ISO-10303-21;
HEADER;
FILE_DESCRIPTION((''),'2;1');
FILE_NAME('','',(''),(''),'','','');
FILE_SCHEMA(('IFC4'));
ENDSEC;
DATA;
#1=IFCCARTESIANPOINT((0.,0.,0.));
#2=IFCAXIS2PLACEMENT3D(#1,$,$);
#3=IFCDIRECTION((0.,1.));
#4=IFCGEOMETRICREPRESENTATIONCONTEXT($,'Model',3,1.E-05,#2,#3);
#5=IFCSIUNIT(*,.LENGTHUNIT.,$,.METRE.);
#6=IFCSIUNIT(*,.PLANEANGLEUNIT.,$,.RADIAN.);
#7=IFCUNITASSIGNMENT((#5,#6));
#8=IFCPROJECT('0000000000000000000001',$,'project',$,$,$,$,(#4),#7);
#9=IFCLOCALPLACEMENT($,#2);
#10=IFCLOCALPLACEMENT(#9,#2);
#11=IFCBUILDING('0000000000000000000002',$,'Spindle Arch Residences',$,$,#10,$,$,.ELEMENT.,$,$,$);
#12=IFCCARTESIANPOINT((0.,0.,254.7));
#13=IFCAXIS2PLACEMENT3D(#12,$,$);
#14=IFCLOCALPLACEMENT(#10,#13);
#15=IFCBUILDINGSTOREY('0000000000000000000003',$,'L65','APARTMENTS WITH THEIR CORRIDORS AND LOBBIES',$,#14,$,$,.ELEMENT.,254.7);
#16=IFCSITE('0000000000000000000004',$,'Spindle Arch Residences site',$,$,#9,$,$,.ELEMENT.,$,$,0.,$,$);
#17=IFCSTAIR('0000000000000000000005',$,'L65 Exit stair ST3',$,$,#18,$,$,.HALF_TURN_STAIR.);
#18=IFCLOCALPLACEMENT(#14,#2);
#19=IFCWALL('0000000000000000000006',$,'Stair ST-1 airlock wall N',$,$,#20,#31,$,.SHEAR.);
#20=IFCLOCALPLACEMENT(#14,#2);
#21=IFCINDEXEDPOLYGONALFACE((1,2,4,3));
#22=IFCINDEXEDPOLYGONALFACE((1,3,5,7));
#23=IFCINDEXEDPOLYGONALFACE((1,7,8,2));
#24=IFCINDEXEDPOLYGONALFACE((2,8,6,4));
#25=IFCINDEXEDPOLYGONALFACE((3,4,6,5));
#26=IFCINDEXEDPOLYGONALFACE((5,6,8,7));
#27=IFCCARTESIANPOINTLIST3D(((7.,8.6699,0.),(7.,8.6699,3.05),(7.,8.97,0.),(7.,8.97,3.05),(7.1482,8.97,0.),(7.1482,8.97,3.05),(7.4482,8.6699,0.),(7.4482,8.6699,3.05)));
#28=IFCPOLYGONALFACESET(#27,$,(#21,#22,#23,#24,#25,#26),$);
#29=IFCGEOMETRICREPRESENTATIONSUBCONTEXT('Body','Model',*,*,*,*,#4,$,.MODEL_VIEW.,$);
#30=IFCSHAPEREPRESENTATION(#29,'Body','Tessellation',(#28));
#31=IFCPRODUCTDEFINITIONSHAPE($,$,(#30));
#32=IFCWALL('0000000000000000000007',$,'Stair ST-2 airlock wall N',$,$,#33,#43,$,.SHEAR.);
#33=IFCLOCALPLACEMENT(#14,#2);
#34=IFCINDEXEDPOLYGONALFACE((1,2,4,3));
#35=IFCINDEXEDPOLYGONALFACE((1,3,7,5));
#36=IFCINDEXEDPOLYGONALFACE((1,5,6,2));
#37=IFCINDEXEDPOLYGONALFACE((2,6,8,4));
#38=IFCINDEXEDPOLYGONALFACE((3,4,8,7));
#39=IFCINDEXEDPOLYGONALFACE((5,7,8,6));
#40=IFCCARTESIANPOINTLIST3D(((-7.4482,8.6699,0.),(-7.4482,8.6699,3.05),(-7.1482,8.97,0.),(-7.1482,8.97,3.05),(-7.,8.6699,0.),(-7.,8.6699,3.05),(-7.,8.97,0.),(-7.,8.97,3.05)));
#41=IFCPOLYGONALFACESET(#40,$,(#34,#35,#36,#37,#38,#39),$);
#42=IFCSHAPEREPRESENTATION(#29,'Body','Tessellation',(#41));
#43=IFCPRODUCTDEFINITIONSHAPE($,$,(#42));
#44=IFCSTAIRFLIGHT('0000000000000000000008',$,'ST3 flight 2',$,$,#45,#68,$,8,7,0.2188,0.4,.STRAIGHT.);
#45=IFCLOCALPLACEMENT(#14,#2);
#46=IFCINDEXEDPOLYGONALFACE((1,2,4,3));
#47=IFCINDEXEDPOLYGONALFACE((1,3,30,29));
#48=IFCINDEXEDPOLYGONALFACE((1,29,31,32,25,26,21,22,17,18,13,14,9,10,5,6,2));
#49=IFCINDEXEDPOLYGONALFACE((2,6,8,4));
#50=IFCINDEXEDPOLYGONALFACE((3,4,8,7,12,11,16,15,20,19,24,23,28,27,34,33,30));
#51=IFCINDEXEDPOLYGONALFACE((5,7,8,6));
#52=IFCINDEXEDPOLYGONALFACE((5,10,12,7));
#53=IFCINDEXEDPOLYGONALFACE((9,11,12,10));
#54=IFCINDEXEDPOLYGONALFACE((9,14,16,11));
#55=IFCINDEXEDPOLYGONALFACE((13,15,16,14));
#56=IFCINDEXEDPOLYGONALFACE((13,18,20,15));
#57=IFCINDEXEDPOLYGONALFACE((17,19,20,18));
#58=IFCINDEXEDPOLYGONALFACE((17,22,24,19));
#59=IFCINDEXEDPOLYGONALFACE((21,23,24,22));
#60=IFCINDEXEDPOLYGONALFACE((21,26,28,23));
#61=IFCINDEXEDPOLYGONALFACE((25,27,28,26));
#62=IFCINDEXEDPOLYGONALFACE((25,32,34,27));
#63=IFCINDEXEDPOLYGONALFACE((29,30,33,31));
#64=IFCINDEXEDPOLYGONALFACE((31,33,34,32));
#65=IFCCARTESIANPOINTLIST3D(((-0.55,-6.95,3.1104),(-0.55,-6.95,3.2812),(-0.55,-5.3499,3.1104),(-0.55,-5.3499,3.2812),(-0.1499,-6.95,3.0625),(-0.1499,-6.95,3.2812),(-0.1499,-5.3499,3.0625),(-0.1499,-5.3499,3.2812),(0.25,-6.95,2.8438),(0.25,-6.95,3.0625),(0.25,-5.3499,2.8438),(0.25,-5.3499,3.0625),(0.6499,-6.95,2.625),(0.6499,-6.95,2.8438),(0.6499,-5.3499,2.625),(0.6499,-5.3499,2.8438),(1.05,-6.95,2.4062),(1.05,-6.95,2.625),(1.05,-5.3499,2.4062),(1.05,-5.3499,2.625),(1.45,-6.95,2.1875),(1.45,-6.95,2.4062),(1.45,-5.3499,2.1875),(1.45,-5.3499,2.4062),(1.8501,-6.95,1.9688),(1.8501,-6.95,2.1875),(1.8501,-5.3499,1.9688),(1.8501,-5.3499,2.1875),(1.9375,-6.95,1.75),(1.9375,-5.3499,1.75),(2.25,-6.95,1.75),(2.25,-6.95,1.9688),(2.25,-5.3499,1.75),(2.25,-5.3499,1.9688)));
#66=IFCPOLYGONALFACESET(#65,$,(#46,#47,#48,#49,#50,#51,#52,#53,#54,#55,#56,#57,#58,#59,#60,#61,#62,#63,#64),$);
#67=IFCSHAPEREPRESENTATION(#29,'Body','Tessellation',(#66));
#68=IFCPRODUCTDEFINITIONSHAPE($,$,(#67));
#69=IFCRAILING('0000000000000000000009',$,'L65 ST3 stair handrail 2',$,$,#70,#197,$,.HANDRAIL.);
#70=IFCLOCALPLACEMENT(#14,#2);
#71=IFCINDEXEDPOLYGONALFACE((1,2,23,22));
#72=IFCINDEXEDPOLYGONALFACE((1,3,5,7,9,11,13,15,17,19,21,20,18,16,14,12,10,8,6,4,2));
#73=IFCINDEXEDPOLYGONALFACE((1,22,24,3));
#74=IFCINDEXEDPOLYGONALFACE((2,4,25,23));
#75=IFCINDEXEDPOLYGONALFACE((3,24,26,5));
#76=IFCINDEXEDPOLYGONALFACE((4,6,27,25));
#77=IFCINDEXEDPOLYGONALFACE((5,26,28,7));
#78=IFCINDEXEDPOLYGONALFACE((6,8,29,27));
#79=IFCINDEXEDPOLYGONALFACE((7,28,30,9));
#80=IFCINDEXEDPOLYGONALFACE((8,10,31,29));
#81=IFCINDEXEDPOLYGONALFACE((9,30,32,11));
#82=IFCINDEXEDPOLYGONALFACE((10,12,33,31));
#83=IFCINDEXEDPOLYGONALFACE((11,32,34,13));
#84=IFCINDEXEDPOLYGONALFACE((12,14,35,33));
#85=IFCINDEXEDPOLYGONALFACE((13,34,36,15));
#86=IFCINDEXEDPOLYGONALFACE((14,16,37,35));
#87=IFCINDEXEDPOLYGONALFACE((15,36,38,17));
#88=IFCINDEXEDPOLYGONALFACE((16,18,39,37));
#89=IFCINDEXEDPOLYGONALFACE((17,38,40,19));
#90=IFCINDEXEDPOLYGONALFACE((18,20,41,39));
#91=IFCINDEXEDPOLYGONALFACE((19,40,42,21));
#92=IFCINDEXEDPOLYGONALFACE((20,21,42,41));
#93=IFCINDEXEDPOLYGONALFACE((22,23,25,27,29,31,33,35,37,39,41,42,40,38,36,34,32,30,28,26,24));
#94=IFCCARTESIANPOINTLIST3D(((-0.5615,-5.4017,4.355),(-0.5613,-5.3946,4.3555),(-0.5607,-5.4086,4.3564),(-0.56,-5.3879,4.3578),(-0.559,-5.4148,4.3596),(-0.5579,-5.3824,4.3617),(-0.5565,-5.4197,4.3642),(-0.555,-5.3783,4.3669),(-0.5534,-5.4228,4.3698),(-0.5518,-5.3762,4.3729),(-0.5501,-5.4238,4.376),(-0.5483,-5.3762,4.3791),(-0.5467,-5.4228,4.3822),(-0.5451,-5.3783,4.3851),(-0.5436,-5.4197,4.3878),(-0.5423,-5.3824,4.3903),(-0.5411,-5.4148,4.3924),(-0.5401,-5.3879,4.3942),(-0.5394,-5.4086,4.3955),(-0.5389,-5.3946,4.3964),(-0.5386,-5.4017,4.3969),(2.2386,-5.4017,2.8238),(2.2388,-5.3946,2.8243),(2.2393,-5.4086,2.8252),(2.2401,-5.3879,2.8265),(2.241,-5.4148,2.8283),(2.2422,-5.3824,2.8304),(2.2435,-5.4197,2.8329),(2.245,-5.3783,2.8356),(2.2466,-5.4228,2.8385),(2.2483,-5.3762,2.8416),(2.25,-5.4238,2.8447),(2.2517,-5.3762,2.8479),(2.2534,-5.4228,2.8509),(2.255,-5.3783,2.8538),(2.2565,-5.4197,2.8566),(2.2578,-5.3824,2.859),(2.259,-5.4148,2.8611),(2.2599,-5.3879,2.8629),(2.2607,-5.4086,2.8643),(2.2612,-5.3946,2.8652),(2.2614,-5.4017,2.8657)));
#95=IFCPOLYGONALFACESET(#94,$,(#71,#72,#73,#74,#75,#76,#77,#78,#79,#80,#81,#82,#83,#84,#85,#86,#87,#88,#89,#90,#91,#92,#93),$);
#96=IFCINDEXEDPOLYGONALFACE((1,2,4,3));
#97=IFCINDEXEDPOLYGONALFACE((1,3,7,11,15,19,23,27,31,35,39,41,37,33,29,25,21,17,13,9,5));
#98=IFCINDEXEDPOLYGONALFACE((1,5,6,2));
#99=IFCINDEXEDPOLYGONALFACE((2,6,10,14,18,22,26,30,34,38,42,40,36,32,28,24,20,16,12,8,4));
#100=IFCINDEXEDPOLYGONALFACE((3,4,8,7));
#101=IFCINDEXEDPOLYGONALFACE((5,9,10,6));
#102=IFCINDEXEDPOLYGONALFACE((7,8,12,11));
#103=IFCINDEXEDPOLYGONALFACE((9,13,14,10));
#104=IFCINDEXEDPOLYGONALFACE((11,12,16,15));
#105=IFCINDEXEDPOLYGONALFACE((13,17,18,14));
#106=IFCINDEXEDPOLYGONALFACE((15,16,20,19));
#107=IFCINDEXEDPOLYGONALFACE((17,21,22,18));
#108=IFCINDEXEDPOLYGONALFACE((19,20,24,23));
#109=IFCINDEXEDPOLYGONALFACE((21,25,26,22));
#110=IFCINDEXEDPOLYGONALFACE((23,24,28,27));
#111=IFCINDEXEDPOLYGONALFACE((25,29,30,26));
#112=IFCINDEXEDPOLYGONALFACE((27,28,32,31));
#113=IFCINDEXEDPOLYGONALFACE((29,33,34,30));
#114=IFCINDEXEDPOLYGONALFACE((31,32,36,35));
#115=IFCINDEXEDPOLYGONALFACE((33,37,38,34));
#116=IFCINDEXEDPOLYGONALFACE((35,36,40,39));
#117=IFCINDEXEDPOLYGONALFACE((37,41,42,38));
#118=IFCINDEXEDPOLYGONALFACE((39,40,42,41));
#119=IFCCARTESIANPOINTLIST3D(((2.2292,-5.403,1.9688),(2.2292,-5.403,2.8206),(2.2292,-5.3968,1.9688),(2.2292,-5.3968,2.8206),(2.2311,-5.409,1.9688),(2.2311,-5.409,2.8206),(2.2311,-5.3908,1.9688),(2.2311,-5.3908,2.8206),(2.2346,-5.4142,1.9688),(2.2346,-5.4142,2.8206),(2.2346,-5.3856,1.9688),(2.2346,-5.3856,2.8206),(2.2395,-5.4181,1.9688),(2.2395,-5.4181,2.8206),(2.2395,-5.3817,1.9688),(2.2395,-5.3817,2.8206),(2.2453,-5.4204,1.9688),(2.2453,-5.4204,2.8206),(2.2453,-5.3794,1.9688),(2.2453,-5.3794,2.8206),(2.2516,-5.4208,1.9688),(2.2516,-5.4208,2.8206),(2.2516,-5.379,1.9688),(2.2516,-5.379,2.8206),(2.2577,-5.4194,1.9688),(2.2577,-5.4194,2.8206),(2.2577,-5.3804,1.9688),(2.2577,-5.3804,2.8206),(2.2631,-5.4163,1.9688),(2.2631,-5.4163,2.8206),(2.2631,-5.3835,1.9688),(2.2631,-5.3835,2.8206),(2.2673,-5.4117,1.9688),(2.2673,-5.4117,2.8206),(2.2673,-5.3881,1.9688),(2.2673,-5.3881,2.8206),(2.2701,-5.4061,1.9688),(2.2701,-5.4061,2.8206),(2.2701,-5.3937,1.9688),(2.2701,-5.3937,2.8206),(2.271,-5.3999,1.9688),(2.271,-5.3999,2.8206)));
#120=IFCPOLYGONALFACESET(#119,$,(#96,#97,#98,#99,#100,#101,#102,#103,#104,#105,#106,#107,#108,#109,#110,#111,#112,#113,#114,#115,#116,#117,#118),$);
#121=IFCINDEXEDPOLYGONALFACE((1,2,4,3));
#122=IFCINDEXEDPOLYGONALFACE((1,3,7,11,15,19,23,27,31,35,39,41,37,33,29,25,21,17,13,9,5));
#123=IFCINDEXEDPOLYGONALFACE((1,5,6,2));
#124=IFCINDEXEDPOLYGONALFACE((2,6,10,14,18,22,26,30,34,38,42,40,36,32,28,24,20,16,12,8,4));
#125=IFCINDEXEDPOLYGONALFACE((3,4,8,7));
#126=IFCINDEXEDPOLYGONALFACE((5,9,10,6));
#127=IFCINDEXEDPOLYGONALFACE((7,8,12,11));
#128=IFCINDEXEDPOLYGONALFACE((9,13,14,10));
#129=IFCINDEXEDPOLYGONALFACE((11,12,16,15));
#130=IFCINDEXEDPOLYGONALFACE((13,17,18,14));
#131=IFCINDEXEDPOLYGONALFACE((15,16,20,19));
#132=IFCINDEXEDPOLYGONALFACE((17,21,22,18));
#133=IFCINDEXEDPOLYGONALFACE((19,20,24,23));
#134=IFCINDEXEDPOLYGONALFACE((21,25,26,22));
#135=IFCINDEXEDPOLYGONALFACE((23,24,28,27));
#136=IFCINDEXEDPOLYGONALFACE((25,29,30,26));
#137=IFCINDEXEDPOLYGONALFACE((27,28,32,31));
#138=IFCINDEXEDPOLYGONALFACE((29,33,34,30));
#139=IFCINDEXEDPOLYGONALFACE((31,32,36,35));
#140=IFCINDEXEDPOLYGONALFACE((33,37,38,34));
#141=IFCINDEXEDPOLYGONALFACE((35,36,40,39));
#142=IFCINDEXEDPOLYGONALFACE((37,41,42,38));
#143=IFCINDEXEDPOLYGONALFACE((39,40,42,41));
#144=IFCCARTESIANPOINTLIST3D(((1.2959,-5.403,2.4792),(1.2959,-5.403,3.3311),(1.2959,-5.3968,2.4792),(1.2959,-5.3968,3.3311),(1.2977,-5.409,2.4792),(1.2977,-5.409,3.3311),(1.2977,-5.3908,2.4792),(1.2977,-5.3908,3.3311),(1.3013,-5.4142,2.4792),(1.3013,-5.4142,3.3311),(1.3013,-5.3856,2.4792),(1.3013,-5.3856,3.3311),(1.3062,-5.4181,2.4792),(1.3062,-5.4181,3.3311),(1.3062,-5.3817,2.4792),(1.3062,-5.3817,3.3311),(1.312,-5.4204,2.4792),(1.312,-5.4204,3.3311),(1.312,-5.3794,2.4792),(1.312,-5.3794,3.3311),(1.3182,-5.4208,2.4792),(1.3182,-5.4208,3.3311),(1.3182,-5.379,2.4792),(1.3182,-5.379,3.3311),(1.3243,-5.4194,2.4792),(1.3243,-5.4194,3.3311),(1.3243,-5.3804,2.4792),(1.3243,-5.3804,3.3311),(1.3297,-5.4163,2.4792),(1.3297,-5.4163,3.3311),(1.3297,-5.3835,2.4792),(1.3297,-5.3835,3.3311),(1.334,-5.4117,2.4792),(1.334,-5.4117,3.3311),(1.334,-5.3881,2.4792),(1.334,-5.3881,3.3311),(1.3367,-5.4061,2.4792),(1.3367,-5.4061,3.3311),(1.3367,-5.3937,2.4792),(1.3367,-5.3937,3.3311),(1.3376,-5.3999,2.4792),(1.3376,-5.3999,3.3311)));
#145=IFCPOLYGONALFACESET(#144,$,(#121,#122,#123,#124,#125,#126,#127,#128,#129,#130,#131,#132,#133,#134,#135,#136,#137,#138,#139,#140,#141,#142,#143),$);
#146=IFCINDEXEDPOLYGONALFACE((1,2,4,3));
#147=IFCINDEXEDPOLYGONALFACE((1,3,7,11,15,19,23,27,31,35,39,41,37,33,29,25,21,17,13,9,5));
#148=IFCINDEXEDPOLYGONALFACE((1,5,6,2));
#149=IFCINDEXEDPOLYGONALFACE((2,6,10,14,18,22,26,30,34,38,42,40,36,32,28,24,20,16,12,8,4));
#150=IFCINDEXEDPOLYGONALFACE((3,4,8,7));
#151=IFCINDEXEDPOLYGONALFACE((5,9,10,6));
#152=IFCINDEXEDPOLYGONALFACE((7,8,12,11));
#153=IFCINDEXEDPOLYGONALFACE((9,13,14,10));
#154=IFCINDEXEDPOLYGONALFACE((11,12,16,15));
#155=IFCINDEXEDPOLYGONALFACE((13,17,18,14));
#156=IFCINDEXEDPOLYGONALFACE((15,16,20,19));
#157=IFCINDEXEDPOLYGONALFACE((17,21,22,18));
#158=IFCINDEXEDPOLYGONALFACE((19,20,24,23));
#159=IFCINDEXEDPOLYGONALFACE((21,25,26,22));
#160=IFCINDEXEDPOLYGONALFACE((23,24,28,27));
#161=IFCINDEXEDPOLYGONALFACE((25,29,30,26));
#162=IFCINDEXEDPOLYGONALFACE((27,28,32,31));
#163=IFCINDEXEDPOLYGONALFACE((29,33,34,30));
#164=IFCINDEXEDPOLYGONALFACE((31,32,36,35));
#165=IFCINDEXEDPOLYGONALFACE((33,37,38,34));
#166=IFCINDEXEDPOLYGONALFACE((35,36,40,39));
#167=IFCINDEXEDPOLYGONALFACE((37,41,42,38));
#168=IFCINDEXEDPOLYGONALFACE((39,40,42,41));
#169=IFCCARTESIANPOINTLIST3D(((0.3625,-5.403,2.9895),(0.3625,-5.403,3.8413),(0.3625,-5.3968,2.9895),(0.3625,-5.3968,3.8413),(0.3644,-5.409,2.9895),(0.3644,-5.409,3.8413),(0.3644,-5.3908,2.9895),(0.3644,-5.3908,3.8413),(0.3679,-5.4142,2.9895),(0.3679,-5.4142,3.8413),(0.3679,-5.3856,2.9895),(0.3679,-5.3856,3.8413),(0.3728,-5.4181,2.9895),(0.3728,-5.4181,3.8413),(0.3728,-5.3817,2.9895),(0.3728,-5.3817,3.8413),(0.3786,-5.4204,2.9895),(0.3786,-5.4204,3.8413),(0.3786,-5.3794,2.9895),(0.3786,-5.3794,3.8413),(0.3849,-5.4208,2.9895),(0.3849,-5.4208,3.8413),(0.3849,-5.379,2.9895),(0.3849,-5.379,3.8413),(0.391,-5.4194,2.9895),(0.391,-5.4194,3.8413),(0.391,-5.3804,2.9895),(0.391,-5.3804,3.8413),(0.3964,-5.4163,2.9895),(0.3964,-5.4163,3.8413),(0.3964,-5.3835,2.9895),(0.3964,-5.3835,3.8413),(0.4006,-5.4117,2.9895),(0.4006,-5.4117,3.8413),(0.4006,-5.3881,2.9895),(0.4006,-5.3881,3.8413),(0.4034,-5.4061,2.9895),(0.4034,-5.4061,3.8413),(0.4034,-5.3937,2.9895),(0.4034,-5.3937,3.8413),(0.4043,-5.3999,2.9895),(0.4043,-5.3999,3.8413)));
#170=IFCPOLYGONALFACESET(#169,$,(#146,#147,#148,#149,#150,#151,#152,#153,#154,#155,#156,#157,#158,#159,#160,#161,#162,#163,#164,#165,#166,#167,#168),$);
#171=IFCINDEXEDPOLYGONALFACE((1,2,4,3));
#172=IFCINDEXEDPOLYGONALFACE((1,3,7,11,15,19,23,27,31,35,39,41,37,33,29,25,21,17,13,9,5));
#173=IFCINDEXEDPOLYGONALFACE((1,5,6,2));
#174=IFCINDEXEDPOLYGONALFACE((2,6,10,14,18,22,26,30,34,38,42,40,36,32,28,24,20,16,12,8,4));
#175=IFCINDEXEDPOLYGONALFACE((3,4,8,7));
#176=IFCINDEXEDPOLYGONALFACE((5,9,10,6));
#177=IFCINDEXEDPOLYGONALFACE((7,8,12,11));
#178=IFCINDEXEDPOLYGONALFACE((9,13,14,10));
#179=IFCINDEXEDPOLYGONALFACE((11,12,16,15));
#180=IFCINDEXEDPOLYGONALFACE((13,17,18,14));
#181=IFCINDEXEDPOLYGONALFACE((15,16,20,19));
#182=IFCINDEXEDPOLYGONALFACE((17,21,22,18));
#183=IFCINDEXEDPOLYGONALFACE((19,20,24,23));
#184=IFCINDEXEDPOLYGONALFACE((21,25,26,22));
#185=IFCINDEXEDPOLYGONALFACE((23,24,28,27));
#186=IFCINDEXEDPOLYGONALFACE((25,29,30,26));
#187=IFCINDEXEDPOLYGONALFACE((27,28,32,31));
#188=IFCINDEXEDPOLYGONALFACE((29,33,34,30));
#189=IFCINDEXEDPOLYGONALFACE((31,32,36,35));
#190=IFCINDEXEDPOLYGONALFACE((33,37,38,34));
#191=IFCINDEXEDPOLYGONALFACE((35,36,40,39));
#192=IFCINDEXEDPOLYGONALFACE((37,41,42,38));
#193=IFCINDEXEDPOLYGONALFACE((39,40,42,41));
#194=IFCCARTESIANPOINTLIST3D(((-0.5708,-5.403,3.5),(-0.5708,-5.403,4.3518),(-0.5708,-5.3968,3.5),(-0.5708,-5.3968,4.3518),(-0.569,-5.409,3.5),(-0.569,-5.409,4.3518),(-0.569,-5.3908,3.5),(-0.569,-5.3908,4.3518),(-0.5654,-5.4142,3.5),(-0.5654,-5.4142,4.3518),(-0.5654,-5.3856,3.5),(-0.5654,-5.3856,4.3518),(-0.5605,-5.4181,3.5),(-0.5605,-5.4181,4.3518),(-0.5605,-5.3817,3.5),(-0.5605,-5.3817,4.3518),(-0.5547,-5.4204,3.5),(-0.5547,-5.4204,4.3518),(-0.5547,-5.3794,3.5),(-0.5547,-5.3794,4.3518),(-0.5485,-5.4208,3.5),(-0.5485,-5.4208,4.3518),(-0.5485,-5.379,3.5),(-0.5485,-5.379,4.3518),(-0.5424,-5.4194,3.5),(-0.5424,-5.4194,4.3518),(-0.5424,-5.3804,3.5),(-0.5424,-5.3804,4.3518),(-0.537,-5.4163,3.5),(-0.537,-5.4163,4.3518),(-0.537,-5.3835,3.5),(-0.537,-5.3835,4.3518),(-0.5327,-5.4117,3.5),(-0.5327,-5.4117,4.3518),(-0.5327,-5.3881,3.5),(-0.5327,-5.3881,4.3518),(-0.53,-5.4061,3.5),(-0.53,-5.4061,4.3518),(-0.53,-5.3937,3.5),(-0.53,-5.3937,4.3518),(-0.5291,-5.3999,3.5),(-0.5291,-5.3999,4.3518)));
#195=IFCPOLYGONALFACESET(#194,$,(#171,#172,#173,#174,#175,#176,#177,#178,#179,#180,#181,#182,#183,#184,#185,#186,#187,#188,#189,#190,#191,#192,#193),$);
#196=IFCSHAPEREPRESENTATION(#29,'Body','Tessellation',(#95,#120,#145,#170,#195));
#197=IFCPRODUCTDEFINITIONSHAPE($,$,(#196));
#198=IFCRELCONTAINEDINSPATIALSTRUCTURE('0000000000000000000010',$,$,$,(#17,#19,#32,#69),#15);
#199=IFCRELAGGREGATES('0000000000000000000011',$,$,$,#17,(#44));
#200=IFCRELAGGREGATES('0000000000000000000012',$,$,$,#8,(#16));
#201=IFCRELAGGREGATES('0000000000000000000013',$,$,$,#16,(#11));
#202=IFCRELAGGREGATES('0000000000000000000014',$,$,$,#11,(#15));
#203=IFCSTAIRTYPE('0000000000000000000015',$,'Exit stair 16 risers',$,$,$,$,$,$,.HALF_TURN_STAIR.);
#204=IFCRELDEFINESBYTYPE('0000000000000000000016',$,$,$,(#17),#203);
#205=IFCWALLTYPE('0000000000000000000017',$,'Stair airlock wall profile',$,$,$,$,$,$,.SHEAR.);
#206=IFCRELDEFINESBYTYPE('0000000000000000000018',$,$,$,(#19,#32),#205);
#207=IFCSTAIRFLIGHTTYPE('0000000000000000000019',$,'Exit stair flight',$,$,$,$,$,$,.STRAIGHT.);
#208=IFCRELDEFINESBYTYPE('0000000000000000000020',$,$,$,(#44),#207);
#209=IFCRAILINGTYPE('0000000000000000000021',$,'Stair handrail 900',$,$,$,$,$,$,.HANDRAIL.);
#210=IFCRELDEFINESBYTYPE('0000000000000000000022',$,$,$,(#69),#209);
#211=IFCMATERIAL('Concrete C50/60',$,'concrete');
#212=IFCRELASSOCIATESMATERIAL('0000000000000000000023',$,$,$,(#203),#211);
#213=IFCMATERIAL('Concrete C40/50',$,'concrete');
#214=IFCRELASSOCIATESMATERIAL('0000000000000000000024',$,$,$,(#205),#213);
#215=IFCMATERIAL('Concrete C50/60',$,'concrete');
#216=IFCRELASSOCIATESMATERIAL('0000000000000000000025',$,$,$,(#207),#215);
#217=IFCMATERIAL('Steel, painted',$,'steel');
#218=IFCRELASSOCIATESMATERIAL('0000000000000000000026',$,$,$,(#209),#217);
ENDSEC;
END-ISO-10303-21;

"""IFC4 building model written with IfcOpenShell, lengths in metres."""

from ifc_helpers import new_model, si_unit, direction, frame, origin, origin_2d, place, context, subcontext, project, spatial, polyline, circle, outline, extrude, material, type_object, element, aggregate, save


model = new_model("IFC4")

# Units and contexts
model_context = context("Model", 3, precision=1e-05, world=origin(), true_north=direction((0.0, 1.0)))
body_context = subcontext(model_context, "Body", "Model", "MODEL_VIEW")
ifc_project = project(units=[si_unit("LENGTHUNIT", "METRE"), si_unit("PLANEANGLEUNIT", "RADIAN")], contexts=[model_context])

# Site, building, storey
site_placement = place(None, origin())
site = spatial("IfcSite", under=ifc_project, at=site_placement, Name="Spindle Arch Residences site", CompositionType="ELEMENT", RefElevation=0.0)
building_placement = place(site_placement, origin())
building = spatial("IfcBuilding", under=site, at=building_placement, Name="Spindle Arch Residences", CompositionType="ELEMENT")
storey_placement = place(building_placement, frame((0.0, 0.0, 254.7)))
storey = spatial("IfcBuildingStorey", under=building, at=storey_placement, Name="L65", Description="APARTMENTS WITH THEIR CORRIDORS AND LOBBIES", CompositionType="ELEMENT", Elevation=254.7)

# Stair
ifc_material_1 = material(Name="Concrete C50/60", Category="concrete")
stair_type = type_object("IfcStairType", Name="Exit stair 16 risers", PredefinedType="HALF_TURN_STAIR", material=ifc_material_1)
stair_1_placement = place(storey_placement, origin())
stair_1 = element("IfcStair", 1, at=stair_1_placement, inside=storey, type_object=stair_type, Name="L65 Exit stair ST3", PredefinedType="HALF_TURN_STAIR")

# Walls
ifc_material_2 = material(Name="Concrete C40/50", Category="concrete")
wall_type_1 = type_object("IfcWallType", Name="Stair airlock wall profile", PredefinedType="SHEAR", material=ifc_material_2)
wall_1_placement = place(storey_placement, origin())
element("IfcWall", 2, at=wall_1_placement, inside=storey, type_object=wall_type_1, Name="Stair ST-1 airlock wall N", PredefinedType="SHEAR", context=body_context, shape_type="SweptSolid", body=[
    extrude(outline(polyline([(7.4482, 8.6699), (7.0, 8.6699), (7.0, 8.97), (7.1482, 8.97), (7.4482, 8.6699)])), origin(), (0.0, 0.0, 1.0), 3.05),
])
wall_2_placement = place(storey_placement, origin())
element("IfcWall", 3, at=wall_2_placement, inside=storey, type_object=wall_type_1, Name="Stair ST-2 airlock wall N", PredefinedType="SHEAR", context=body_context, shape_type="SweptSolid", body=[
    extrude(outline(polyline([(-7.1482, 8.97), (-7.0, 8.97), (-7.0, 8.6699), (-7.4482, 8.6699), (-7.1482, 8.97)])), origin(), (0.0, 0.0, 1.0), 3.05),
])

# Stair flight
ifc_material_3 = material(Name="Concrete C50/60", Category="concrete")
stair_flight_type = type_object("IfcStairFlightType", Name="Exit stair flight", PredefinedType="STRAIGHT", material=ifc_material_3)
stair_flight_placement = place(storey_placement, frame((2.25, -6.1499, 1.75), z_axis=(0.0, 0.0, 1.0), x_axis=(-1.0, 0.0, 0.0)))
stair_flight = element("IfcStairFlight", 4, at=stair_flight_placement, type_object=stair_flight_type, Name="ST3 flight 2", NumberOfRisers=8, NumberOfTreads=7, PredefinedType="STRAIGHT", RiserHeight=0.2188, TreadLength=0.4, context=body_context, shape_type="SweptSolid", body=[
    extrude(outline(polyline([(0.0, 0.0), (0.0, 0.2188), (0.3999, 0.2188), (0.3999, 0.4375), (0.8, 0.4375), (0.8, 0.6562), (1.2, 0.6562), (1.2, 0.875), (1.6001, 0.875), (1.6001, 1.0938), (2.0, 1.0938), (2.0, 1.3125), (2.3999, 1.3125), (2.3999, 1.5312), (2.8, 1.5312), (2.8, 1.75), (2.8, 1.3604), (0.3125, 0.0), (0.0, 0.0)])), frame((0.0, 0.8, 0.0), z_axis=(0.0, -1.0, 0.0), x_axis=(1.0, 0.0, 0.0)), (0.0, 0.0, 1.0), 1.6001),
])
aggregate(stair_1, [stair_flight])

# Railing
ifc_material_4 = material(Name="Steel, painted", Category="steel")
railing_type_1 = type_object("IfcRailingType", Name="Stair handrail 900", PredefinedType="HANDRAIL", material=ifc_material_4)
railing_1_placement = place(storey_placement, frame((2.25, -5.3999, 1.9688)))
element("IfcRailing", 5, at=railing_1_placement, inside=storey, type_object=railing_type_1, Name="L65 ST3 stair handrail 2", PredefinedType="HANDRAIL", context=body_context, shape_type="SweptSolid", body=[
    extrude(circle(Radius=0.0239, at=origin_2d()), frame((0.0, 0.0, 0.876), z_axis=(-0.877375, 0.0, 0.479806), x_axis=(0.0, -1.0, 0.0)), (0.0, 0.0, 1.0), 3.1914),
    extrude(circle(Radius=0.021, at=origin_2d()), origin(), (0.0, 0.0, 1.0), 0.8518),
    extrude(circle(Radius=0.021, at=origin_2d()), frame((-0.9333, 0.0, 0.5105)), (0.0, 0.0, 1.0), 0.8518),
    extrude(circle(Radius=0.021, at=origin_2d()), frame((-1.8667, 0.0, 1.0208)), (0.0, 0.0, 1.0), 0.8518),
    extrude(circle(Radius=0.021, at=origin_2d()), frame((-2.8, 0.0, 1.5312)), (0.0, 0.0, 1.0), 0.8518),
])

save(model, "model.ifc")
